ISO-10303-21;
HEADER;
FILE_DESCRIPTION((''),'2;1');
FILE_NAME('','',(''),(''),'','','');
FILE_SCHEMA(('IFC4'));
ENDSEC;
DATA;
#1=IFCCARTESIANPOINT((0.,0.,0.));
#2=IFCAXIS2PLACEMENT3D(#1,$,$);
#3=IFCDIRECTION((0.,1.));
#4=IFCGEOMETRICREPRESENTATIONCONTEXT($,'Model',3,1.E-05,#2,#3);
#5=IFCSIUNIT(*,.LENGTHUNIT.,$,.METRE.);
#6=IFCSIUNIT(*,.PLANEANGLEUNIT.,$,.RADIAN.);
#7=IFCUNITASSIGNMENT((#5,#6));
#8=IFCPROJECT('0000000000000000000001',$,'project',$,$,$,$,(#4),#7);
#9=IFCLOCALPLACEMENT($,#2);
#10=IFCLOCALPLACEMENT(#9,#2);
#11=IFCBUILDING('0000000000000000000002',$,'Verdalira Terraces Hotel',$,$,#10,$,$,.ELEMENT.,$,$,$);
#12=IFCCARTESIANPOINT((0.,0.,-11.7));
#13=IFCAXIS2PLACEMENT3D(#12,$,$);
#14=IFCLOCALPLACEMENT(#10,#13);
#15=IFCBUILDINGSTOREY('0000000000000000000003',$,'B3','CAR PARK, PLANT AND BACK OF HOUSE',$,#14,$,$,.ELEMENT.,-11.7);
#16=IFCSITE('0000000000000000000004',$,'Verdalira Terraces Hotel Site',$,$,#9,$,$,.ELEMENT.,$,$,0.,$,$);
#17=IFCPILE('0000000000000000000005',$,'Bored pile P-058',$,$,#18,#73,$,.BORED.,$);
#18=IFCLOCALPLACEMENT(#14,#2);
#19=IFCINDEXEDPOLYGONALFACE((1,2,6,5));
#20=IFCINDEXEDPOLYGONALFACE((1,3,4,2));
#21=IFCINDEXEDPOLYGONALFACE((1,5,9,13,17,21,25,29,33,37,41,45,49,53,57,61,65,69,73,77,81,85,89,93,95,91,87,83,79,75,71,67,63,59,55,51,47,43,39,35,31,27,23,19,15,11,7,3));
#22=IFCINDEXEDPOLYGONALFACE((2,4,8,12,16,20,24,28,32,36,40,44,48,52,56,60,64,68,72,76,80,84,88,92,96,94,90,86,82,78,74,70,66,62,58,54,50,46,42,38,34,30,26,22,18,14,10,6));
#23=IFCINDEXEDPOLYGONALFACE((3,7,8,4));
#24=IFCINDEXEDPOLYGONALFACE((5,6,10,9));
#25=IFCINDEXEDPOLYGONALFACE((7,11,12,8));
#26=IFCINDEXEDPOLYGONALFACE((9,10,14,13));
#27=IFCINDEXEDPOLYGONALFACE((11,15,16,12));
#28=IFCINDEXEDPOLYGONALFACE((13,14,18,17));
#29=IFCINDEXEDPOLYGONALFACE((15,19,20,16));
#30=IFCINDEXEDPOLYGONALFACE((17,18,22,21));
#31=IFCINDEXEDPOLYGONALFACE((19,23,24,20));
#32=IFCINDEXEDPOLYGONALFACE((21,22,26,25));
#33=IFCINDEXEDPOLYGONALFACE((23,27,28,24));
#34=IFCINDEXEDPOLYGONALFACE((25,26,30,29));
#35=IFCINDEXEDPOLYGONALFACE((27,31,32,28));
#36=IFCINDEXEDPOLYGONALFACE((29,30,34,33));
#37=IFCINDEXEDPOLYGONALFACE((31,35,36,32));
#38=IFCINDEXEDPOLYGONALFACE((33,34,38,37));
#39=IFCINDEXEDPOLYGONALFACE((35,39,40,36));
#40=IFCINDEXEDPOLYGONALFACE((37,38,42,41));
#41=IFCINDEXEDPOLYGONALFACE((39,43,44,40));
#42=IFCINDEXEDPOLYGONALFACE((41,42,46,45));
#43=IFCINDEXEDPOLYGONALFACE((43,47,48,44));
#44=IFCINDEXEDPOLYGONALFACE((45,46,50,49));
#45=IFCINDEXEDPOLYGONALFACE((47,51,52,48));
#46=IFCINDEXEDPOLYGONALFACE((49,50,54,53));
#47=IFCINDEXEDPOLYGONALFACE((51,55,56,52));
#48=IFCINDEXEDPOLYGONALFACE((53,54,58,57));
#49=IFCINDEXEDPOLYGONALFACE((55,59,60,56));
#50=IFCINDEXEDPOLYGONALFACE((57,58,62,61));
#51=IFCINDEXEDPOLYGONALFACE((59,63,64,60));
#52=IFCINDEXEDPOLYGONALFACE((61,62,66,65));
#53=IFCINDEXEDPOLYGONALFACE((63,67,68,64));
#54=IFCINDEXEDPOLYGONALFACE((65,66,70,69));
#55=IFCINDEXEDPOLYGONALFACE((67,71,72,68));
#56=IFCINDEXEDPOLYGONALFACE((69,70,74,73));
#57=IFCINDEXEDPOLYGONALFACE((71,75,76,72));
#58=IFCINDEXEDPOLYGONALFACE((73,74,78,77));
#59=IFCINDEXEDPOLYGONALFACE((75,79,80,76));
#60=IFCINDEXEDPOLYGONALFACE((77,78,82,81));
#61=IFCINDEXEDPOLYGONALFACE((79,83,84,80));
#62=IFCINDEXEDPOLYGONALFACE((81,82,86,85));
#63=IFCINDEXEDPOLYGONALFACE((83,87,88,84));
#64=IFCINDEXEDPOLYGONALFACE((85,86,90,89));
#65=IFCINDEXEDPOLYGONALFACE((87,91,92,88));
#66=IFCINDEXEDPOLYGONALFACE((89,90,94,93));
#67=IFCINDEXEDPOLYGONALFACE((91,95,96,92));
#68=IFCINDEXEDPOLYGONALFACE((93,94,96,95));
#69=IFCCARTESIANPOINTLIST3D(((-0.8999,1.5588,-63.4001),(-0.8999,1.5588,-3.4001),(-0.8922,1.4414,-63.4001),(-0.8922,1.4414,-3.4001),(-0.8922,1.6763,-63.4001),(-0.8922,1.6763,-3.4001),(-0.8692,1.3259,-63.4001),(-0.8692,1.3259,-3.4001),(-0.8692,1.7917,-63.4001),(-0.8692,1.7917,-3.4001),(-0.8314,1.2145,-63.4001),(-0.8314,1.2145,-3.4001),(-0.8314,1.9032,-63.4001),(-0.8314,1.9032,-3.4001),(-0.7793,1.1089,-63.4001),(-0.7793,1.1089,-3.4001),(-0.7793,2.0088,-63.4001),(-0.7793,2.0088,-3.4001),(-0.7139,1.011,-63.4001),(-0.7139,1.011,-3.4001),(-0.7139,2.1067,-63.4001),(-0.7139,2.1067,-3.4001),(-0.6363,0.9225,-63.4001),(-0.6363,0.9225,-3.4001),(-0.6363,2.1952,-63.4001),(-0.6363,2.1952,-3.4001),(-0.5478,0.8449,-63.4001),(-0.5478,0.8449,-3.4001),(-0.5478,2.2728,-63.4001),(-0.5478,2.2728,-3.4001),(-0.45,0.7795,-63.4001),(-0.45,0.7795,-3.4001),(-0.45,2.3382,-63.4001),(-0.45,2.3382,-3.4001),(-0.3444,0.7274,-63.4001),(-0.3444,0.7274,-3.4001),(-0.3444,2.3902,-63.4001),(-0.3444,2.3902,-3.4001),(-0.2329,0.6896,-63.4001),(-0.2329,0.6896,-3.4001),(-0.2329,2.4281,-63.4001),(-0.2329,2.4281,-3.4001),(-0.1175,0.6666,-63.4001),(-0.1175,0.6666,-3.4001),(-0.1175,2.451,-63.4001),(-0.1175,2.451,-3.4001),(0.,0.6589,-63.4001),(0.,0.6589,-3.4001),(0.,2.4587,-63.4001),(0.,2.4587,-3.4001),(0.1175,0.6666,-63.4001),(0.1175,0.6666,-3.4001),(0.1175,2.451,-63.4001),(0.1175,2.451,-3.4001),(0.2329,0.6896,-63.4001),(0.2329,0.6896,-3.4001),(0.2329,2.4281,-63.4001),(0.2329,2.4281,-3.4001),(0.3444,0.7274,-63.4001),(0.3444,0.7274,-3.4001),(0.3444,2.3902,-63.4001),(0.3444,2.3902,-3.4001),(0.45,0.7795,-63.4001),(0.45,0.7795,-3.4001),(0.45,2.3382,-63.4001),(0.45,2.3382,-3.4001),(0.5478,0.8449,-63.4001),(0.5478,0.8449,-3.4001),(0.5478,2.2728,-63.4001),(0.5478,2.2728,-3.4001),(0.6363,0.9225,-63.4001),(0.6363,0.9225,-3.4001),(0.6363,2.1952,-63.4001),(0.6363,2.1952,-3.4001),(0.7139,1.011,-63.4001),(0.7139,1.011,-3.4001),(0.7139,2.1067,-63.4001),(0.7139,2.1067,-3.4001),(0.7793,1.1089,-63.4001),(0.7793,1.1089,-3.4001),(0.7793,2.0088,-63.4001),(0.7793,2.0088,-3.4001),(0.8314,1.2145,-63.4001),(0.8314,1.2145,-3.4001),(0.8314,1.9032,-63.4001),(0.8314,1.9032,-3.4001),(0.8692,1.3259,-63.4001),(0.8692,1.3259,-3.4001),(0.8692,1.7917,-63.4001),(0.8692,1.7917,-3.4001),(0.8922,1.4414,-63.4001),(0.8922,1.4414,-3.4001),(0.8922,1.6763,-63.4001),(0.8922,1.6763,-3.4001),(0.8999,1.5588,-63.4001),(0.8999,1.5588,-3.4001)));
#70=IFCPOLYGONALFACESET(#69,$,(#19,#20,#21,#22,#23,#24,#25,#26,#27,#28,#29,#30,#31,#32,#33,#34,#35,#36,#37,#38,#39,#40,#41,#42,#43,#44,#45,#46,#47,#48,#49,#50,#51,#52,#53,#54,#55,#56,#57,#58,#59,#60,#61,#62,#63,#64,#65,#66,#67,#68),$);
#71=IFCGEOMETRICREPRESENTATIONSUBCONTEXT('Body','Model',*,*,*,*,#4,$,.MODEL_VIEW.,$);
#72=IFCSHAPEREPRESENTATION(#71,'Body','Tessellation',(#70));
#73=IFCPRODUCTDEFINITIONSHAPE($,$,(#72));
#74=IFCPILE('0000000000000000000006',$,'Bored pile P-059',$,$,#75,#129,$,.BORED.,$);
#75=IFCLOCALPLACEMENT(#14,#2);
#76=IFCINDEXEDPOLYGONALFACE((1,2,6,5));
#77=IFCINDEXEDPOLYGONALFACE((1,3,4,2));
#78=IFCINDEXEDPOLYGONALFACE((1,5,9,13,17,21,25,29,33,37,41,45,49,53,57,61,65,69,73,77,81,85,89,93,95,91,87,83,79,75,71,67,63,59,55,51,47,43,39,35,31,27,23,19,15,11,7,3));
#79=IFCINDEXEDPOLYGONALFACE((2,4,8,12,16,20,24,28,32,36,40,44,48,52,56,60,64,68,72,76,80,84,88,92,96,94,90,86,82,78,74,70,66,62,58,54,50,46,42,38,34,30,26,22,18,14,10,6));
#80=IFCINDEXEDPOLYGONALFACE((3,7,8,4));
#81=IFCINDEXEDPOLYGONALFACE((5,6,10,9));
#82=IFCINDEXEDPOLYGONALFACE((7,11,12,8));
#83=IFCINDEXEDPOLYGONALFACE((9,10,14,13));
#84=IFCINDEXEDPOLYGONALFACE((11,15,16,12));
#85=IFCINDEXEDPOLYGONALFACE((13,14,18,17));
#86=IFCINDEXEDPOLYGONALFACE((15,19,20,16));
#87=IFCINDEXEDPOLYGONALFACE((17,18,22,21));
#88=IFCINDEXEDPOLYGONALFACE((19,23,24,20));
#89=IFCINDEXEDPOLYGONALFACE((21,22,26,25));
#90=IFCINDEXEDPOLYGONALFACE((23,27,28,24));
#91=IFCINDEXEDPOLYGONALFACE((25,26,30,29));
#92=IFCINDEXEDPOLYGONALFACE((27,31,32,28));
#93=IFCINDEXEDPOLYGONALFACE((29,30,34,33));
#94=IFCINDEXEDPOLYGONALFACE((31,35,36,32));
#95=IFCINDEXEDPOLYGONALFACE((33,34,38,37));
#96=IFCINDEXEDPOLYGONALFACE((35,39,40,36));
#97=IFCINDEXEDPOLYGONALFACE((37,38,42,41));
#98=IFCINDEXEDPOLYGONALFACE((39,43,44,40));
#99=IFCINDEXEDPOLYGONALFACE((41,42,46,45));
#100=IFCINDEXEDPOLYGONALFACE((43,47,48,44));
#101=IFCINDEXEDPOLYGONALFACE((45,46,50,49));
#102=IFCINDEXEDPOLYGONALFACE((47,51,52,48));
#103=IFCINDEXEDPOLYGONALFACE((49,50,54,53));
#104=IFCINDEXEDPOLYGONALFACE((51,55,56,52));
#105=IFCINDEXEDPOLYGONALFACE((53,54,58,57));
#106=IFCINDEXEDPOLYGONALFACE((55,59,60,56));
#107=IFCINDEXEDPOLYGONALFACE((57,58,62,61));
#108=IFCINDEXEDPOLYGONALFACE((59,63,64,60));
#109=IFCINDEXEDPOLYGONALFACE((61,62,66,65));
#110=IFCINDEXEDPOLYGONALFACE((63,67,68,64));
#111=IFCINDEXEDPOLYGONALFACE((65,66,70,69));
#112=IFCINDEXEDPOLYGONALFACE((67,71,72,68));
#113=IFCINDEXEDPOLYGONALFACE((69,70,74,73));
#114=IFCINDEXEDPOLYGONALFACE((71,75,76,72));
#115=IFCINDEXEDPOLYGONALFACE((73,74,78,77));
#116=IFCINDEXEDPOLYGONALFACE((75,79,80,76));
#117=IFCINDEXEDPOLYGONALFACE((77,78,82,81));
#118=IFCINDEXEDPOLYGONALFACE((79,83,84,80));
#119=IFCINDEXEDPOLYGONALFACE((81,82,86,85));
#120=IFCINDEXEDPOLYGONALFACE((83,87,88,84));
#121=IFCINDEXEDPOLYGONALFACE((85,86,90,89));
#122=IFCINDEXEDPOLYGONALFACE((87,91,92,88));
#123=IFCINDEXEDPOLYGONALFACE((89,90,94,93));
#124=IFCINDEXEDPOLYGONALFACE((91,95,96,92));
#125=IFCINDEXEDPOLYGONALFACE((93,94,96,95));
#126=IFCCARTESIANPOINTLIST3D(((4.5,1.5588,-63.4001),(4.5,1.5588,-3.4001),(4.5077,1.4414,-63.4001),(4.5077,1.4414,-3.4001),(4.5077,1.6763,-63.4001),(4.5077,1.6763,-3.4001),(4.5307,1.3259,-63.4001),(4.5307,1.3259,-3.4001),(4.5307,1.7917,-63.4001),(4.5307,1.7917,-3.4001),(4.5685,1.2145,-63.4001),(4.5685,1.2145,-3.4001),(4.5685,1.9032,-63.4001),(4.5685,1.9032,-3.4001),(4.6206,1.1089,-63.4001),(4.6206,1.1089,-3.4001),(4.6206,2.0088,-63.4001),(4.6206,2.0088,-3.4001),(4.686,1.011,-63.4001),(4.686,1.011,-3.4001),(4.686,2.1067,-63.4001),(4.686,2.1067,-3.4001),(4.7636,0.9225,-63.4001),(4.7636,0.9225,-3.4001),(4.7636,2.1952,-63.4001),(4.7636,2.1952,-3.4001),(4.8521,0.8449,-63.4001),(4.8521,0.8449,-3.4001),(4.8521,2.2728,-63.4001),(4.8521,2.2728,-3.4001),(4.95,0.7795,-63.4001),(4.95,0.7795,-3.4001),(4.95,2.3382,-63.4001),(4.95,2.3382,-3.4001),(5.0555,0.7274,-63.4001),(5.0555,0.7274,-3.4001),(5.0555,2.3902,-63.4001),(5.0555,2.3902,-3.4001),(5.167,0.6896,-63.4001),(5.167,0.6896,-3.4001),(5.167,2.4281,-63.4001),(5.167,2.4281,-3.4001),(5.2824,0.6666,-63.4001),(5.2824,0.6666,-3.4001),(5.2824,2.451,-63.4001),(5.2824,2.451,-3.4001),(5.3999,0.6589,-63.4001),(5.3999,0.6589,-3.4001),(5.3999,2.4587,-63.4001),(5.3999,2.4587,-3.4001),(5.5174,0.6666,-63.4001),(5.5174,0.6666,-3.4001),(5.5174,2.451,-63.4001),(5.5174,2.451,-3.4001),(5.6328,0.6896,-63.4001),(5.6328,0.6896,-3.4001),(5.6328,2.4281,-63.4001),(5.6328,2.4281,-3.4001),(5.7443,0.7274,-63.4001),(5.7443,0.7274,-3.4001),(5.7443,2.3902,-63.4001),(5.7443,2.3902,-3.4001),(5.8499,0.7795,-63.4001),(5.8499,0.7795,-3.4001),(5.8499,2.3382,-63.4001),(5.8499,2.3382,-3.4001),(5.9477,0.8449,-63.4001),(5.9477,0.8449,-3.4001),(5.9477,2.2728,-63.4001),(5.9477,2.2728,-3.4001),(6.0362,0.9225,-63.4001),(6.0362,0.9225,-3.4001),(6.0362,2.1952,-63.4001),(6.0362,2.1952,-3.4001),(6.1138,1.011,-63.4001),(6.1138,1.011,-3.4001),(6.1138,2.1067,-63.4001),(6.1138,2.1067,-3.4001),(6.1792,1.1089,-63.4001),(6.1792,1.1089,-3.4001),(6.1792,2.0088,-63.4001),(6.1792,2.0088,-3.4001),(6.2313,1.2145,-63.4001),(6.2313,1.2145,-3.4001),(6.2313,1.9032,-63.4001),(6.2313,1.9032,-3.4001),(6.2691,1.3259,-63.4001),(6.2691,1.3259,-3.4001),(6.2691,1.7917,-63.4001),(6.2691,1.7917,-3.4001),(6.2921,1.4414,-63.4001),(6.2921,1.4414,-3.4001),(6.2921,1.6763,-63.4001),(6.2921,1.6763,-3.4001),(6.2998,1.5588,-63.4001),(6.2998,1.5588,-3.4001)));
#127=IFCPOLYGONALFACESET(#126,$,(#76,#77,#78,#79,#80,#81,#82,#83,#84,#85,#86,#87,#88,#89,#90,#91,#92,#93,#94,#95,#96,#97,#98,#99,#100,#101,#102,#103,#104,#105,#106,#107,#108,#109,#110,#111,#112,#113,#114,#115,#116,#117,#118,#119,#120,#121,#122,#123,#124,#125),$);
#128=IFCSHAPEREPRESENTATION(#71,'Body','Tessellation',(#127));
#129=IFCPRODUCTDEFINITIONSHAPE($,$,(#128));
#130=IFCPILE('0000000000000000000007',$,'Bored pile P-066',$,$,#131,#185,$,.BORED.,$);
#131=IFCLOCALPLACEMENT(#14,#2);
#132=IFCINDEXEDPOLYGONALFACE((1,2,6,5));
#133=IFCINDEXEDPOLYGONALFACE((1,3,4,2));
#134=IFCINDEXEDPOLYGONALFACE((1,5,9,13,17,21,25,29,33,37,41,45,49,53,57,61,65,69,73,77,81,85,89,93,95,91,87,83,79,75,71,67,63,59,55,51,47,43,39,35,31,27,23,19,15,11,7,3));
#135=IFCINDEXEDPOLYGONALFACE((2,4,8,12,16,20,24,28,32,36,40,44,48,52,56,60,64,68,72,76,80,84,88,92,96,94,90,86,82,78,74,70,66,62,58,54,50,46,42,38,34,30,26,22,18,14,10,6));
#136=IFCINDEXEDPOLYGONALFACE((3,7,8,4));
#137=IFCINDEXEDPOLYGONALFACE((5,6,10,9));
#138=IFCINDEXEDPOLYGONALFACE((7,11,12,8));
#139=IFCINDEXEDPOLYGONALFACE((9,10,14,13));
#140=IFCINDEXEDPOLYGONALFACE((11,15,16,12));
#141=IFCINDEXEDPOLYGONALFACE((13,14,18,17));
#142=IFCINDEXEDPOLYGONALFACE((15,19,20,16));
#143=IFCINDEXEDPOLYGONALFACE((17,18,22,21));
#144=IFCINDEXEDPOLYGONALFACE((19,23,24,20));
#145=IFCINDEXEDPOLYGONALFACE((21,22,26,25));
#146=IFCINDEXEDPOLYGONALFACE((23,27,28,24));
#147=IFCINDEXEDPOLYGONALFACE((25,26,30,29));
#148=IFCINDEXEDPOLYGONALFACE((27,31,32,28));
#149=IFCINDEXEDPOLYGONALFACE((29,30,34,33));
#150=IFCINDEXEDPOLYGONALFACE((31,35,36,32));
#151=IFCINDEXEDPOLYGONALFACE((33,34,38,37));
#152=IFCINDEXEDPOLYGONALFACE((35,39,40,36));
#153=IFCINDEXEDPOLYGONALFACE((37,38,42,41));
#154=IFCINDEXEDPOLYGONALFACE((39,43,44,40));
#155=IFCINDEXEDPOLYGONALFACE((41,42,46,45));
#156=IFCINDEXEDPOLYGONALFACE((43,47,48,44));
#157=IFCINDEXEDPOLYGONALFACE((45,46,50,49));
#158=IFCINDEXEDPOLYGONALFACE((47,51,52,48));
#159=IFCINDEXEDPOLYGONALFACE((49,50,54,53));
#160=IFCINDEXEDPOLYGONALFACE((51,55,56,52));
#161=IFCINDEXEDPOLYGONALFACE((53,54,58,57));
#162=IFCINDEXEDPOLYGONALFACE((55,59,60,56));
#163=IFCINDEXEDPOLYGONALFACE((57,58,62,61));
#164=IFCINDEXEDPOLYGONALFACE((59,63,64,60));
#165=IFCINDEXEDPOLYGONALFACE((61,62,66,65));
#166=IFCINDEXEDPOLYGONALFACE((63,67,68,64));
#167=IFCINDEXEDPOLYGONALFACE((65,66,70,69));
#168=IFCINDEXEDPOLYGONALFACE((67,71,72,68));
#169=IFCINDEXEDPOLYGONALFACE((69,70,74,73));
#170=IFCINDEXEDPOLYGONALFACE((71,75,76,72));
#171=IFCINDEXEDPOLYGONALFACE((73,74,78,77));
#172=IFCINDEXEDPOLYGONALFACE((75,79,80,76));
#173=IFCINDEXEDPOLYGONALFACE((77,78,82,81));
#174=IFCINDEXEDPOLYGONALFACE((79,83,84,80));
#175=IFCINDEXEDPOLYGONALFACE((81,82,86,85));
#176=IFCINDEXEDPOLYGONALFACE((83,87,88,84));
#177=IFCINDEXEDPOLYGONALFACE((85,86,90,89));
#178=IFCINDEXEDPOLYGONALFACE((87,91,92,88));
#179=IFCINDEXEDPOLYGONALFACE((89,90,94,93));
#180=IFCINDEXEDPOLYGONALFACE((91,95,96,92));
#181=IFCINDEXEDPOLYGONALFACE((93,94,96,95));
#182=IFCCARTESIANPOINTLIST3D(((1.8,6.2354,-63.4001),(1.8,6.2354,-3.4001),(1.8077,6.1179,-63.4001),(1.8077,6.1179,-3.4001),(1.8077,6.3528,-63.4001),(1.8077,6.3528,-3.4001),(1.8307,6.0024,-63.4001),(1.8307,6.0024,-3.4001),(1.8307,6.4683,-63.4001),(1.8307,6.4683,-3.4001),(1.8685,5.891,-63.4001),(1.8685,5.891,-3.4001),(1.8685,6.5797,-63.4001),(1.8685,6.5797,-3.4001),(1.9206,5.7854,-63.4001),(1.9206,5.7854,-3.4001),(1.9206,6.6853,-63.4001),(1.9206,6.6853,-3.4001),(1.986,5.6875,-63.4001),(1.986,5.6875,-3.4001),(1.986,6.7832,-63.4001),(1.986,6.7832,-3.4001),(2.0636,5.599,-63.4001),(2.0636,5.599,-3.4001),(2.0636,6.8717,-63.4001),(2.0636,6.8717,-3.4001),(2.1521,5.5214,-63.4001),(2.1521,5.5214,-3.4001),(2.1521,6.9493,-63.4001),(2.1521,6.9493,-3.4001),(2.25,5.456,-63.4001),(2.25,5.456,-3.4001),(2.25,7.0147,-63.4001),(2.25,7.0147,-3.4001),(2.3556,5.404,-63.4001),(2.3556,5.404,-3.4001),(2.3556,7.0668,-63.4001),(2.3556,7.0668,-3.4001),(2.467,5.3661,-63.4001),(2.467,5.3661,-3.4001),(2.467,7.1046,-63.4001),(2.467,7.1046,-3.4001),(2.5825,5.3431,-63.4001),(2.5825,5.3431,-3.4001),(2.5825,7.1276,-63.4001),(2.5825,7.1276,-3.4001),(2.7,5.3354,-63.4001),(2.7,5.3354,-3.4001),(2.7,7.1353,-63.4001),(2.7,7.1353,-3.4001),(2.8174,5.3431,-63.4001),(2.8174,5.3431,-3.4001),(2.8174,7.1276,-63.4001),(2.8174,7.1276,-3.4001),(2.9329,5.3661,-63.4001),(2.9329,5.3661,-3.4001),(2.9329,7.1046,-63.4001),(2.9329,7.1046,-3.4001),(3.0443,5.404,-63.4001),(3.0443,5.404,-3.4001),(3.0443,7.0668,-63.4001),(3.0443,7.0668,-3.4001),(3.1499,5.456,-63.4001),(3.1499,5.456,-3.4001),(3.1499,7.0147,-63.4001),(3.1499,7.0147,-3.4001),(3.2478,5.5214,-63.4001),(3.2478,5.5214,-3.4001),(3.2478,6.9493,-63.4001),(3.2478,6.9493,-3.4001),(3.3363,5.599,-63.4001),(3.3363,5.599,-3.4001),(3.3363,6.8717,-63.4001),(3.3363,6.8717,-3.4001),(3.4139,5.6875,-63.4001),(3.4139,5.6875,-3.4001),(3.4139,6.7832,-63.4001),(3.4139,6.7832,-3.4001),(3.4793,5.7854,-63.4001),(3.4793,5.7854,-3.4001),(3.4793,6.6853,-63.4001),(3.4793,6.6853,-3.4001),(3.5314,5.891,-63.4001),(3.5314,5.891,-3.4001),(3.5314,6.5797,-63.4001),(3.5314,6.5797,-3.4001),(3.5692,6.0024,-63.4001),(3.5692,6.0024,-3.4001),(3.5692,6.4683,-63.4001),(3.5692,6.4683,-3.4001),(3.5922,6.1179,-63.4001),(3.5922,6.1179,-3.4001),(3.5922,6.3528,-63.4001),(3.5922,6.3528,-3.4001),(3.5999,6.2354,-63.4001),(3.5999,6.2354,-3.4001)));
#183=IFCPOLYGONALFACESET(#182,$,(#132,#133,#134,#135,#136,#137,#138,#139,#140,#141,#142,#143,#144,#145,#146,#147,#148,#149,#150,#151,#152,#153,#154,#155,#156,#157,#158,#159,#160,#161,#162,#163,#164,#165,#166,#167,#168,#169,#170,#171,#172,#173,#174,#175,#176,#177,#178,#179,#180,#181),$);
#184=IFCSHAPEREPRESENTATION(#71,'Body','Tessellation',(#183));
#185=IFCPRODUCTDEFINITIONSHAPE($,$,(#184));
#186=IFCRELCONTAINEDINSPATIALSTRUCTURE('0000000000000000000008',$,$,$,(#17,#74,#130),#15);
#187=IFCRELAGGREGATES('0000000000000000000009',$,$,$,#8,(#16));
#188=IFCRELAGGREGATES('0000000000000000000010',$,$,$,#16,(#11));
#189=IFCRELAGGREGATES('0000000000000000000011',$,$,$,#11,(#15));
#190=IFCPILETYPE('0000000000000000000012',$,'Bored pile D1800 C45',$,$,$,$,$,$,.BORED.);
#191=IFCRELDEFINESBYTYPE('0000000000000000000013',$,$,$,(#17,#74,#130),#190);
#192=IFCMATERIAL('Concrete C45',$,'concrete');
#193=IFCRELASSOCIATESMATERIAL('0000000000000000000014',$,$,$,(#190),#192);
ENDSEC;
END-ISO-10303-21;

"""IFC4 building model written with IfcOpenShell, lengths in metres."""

from ifc_helpers import new_model, si_unit, direction, frame, origin, origin_2d, place, context, subcontext, project, spatial, circle, extrude, material, material_profile, profile_set, type_object, element, save


model = new_model("IFC4")

# Units and contexts
model_context = context("Model", 3, precision=1e-05, world=origin(), true_north=direction((0.0, 1.0)))
body_context = subcontext(model_context, "Body", "Model", "MODEL_VIEW")
ifc_project = project(units=[si_unit("LENGTHUNIT", "METRE"), si_unit("PLANEANGLEUNIT", "RADIAN")], contexts=[model_context])

# Site, building, storey
site_placement = place(None, origin())
site = spatial("IfcSite", under=ifc_project, at=site_placement, Name="Verdalira Terraces Hotel Site", CompositionType="ELEMENT", RefElevation=0.0)
building_placement = place(site_placement, origin())
building = spatial("IfcBuilding", under=site, at=building_placement, Name="Verdalira Terraces Hotel", CompositionType="ELEMENT")
storey_placement = place(building_placement, frame((0.0, 0.0, -11.7)))
storey = spatial("IfcBuildingStorey", under=building, at=storey_placement, Name="B3", Description="CAR PARK, PLANT AND BACK OF HOUSE", CompositionType="ELEMENT", Elevation=-11.7)

# Piles
ifc_material_1 = material(Name="Concrete C45", Category="concrete")
ifc_material_profile = material_profile(ifc_material_1, circle(Radius=0.8999, at=origin_2d()), Name="D1800")
ifc_profile_set = profile_set([ifc_material_profile], Name="Concrete C45")
pile_type = type_object("IfcPileType", Name="Bored pile D1800 C45", PredefinedType="BORED", material=ifc_profile_set)
for number, where, z_axis, x_axis, name in (
    (1, (0.0, 1.5588, -3.4001), (0.0, 0.0, -1.0), (1.0, 0.0, 0.0), "Bored pile P-058"),
    (2, (5.3999, 1.5588, -3.4001), (0.0, 0.0, -1.0), (1.0, 0.0, 0.0), "Bored pile P-059"),
    (3, (2.7, 6.2354, -3.4001), (0.0, 0.0, -1.0), (1.0, 0.0, 0.0), "Bored pile P-066"),
):
    element("IfcPile", number, at=place(storey_placement, frame(where, z_axis=z_axis, x_axis=x_axis)), inside=storey, type_object=pile_type, Name=name, PredefinedType="BORED", context=body_context, shape_type="SweptSolid", body=[
        extrude(circle(Radius=0.8999, at=origin_2d()), origin(), (0.0, 0.0, 1.0), 60.0),
    ])

save(model, "model.ifc")
